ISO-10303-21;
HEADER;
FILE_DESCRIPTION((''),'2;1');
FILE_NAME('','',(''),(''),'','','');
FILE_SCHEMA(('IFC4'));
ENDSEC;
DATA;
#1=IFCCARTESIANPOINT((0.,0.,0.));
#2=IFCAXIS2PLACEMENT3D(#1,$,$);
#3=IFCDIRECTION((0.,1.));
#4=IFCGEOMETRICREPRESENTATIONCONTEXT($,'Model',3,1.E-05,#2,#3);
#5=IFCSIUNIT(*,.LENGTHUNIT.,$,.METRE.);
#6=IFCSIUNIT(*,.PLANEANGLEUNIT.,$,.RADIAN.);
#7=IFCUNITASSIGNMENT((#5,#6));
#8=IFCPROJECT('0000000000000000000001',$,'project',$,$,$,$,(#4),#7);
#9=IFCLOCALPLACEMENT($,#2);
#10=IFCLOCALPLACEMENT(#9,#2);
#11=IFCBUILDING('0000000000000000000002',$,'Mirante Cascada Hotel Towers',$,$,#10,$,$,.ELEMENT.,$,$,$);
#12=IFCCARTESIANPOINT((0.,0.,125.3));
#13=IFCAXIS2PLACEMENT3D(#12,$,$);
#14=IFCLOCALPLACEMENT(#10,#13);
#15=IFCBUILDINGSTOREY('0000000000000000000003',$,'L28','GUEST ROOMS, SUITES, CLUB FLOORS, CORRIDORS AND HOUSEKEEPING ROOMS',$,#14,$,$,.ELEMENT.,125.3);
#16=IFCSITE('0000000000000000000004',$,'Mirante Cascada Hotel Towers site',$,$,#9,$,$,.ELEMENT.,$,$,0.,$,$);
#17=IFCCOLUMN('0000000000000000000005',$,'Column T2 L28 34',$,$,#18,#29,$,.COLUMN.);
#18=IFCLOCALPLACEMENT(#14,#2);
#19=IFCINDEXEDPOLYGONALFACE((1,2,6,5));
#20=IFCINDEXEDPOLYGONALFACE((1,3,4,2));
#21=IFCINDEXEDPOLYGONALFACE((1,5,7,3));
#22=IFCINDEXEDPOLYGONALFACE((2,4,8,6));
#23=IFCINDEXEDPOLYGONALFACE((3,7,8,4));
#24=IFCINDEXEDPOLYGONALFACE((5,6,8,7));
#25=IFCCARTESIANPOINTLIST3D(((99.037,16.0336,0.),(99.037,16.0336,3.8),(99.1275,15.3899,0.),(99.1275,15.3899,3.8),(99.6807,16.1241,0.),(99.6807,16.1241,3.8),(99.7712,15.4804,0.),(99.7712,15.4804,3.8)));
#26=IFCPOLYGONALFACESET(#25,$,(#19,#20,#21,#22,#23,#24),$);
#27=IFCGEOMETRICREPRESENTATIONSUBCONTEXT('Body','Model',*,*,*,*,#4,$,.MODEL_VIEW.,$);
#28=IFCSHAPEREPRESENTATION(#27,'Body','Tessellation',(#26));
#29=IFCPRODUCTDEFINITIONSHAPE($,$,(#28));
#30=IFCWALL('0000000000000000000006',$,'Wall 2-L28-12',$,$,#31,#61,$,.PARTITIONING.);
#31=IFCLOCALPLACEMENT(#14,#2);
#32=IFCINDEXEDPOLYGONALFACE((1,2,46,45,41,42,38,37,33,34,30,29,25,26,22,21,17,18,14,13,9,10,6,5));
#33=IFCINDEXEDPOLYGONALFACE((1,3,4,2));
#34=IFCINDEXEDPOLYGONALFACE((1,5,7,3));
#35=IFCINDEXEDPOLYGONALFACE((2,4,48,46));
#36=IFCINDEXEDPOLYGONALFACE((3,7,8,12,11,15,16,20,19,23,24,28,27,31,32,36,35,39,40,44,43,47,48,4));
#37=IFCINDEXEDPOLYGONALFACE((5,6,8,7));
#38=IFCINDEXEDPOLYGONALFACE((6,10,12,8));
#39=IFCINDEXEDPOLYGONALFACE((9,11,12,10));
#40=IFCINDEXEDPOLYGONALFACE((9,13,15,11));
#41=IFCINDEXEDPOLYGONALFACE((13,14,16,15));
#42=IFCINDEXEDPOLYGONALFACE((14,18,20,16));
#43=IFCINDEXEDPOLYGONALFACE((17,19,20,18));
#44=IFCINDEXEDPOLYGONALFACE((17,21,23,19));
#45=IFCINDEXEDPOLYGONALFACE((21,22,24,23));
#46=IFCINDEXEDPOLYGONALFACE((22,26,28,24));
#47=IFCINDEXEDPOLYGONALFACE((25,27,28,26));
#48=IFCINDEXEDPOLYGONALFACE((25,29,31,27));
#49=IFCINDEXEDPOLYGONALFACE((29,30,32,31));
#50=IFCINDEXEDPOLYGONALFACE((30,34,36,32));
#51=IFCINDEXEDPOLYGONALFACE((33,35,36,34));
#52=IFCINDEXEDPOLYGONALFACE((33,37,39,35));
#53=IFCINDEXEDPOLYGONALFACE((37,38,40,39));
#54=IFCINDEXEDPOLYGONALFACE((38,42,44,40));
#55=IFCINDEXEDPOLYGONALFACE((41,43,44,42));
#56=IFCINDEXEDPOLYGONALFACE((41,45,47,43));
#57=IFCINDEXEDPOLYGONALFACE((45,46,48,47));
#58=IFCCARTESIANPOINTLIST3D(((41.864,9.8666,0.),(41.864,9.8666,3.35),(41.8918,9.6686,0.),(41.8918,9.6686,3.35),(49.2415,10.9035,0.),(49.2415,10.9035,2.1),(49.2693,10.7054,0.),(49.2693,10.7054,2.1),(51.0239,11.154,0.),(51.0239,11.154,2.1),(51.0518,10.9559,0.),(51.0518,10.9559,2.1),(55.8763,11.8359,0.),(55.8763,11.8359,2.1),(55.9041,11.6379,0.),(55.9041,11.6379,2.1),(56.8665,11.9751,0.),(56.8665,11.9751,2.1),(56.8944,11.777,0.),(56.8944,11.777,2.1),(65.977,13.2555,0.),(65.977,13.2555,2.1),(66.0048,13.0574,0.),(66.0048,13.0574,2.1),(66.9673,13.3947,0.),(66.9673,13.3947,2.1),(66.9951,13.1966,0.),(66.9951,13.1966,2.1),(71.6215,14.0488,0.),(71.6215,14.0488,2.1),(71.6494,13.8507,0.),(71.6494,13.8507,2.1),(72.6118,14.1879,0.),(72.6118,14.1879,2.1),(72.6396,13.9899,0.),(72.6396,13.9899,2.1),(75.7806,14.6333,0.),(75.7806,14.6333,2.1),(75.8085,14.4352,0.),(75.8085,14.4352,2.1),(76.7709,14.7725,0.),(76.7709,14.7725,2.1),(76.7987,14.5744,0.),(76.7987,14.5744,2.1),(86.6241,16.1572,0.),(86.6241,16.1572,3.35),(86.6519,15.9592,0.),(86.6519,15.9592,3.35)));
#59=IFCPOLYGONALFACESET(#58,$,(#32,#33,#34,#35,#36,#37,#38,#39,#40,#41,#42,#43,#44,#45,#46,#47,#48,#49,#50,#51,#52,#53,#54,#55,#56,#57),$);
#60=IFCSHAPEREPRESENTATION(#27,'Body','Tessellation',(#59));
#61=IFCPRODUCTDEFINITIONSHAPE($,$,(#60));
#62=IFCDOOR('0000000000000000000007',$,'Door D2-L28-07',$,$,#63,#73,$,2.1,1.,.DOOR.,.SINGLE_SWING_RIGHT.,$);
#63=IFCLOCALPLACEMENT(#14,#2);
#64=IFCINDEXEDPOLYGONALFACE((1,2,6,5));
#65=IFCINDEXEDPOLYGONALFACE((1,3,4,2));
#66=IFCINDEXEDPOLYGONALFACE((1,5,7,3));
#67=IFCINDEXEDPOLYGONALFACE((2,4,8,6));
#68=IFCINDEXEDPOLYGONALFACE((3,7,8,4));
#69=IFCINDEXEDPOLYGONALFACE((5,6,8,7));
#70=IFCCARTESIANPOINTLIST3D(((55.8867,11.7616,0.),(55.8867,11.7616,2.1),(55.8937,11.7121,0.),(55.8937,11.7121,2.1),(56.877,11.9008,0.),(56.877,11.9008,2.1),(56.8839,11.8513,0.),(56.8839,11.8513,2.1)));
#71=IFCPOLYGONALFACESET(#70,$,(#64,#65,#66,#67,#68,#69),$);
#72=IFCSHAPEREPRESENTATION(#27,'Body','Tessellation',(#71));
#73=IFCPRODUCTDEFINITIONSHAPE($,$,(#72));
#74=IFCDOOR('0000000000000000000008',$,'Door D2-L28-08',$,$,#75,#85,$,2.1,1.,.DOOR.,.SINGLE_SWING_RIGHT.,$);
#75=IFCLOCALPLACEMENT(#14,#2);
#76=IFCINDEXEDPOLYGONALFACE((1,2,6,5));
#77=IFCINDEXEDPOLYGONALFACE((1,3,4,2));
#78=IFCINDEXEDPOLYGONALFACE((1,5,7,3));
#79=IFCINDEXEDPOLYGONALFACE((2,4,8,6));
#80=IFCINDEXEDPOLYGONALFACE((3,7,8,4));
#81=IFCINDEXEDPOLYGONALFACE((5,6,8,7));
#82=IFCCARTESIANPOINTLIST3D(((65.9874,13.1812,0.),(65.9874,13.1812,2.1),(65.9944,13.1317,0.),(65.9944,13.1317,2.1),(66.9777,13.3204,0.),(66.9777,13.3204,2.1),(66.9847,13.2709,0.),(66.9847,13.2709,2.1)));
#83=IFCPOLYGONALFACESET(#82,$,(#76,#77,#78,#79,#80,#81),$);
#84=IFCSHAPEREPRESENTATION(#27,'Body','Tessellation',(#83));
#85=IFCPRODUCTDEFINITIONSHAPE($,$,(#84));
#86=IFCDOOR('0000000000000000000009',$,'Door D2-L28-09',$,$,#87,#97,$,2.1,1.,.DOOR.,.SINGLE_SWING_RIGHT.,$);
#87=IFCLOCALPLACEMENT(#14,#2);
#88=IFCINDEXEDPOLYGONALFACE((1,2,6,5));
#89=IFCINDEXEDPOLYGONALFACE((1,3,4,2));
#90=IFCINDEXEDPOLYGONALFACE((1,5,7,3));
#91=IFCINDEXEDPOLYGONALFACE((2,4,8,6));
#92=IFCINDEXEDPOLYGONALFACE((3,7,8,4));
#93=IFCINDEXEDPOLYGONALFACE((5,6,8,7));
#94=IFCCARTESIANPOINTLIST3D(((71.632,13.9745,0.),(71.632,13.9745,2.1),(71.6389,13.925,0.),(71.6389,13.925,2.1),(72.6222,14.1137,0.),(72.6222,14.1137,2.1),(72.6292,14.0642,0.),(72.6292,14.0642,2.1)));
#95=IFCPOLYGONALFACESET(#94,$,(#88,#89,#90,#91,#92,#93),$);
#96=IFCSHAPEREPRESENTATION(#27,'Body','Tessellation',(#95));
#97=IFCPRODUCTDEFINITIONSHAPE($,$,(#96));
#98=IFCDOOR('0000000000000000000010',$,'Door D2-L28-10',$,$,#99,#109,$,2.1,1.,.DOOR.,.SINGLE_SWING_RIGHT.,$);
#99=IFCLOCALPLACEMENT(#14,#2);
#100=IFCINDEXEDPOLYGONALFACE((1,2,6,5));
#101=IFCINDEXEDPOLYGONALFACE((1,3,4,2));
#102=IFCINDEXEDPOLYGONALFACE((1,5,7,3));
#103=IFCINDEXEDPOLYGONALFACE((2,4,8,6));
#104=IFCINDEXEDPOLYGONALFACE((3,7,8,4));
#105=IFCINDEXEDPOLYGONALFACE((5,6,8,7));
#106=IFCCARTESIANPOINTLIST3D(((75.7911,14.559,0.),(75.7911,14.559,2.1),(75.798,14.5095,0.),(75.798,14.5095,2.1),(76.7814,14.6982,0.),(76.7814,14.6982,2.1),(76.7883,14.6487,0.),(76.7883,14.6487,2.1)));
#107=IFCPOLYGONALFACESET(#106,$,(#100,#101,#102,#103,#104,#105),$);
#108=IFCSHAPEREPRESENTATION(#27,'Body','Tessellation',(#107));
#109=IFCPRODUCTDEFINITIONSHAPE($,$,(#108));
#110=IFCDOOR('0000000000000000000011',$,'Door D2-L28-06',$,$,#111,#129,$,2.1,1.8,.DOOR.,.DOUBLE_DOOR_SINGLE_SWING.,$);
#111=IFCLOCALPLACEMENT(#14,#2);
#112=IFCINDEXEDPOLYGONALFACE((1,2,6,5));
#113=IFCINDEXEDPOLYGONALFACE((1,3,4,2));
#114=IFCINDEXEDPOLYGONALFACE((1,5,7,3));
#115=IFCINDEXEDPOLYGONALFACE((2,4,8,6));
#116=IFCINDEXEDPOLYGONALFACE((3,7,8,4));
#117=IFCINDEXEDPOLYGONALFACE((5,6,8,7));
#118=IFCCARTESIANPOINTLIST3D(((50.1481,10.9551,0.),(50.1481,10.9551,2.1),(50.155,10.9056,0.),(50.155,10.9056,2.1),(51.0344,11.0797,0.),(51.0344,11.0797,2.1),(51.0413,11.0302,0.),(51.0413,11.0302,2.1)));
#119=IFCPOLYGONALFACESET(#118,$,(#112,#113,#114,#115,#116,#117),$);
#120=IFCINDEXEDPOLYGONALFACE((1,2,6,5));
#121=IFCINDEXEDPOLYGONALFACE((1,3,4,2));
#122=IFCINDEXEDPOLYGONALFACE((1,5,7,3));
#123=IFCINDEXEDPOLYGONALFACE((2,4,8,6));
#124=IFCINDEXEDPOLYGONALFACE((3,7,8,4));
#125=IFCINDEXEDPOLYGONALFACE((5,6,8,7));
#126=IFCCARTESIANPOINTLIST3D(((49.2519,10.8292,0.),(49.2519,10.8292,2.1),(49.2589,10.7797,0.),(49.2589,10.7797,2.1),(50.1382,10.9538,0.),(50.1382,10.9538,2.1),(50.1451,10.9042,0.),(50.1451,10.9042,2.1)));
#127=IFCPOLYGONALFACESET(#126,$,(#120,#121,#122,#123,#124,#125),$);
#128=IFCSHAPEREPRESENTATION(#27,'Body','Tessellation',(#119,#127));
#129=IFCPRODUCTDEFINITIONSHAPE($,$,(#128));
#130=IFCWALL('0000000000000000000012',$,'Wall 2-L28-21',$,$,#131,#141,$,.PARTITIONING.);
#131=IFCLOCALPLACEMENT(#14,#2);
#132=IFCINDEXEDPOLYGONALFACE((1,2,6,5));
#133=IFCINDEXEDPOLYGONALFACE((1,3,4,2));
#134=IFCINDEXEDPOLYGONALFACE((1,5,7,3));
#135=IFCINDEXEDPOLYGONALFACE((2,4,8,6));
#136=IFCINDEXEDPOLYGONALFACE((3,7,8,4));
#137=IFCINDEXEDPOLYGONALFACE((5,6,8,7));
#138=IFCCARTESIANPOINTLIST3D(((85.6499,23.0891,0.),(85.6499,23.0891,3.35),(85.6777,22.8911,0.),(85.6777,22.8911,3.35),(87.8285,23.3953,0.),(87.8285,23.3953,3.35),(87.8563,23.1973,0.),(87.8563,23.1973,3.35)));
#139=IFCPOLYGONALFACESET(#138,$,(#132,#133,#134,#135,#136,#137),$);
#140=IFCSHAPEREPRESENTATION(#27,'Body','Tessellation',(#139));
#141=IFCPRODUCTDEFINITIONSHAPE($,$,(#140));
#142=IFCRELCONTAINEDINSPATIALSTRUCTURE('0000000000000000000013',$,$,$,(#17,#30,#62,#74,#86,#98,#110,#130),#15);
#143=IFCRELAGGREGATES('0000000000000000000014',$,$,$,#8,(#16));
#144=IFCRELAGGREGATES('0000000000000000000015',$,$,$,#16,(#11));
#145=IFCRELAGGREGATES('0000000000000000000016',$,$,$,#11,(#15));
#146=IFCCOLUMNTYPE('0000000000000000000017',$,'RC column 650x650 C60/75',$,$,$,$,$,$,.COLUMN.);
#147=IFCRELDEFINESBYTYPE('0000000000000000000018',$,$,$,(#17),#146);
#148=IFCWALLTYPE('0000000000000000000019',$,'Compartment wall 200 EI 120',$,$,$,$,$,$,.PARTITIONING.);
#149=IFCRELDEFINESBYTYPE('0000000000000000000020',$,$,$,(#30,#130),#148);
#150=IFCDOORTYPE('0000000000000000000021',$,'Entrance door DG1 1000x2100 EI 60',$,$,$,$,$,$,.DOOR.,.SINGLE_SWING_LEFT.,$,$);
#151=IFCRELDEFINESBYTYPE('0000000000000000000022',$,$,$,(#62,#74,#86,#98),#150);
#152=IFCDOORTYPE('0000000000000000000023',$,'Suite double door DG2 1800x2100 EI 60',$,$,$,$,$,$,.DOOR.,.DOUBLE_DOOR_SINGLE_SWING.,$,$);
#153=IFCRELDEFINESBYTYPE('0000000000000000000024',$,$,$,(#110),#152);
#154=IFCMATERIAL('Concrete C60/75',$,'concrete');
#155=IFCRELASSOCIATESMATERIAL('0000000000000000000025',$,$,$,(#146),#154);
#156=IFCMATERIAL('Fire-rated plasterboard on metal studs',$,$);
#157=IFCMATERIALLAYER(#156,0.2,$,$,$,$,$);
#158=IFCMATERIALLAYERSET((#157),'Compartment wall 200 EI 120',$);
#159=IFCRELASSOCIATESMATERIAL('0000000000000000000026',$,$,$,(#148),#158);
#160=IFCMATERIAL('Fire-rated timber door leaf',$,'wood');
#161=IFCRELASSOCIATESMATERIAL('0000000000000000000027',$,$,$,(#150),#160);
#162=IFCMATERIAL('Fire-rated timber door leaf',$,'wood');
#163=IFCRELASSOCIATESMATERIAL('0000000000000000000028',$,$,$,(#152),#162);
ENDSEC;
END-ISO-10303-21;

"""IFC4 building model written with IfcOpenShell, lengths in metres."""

from ifc_helpers import new_model, si_unit, direction, frame, frame_2d, origin, origin_2d, place, context, subcontext, project, spatial, rectangle, extrude, material, layer, layer_set, material_profile, profile_set, type_object, element, fill, save


model = new_model("IFC4")

# Units and contexts
model_context = context("Model", 3, precision=1e-05, world=origin(), true_north=direction((0.0, 1.0)))
body_context = subcontext(model_context, "Body", "Model", "MODEL_VIEW")
ifc_project = project(units=[si_unit("LENGTHUNIT", "METRE"), si_unit("PLANEANGLEUNIT", "RADIAN")], contexts=[model_context])

# Site, building, storey
site_placement = place(None, origin())
site = spatial("IfcSite", under=ifc_project, at=site_placement, Name="Mirante Cascada Hotel Towers site", CompositionType="ELEMENT", RefElevation=0.0)
building_placement = place(site_placement, origin())
building = spatial("IfcBuilding", under=site, at=building_placement, Name="Mirante Cascada Hotel Towers", CompositionType="ELEMENT")
storey_placement = place(building_placement, frame((0.0, 0.0, 125.3)))
storey = spatial("IfcBuildingStorey", under=building, at=storey_placement, Name="L28", Description="GUEST ROOMS, SUITES, CLUB FLOORS, CORRIDORS AND HOUSEKEEPING ROOMS", CompositionType="ELEMENT", Elevation=125.3)

# Column
ifc_material_1 = material(Name="Concrete C60/75", Category="concrete")
ifc_material_profile = material_profile(ifc_material_1, rectangle(XDim=0.65, YDim=0.65, at=origin_2d()), Name="RC column 650x650 C60/75")
ifc_profile_set = profile_set([ifc_material_profile], Name="Concrete C60/75")
column_type = type_object("IfcColumnType", Name="RC column 650x650 C60/75", PredefinedType="COLUMN", material=ifc_profile_set)
column_placement = place(storey_placement, frame((99.4041, 15.757, 0.0), z_axis=(0.0, 0.0, 1.0), x_axis=(0.990268, 0.139173, 0.0)))
element("IfcColumn", 1, at=column_placement, inside=storey, type_object=column_type, Name="Column T2 L28 34", PredefinedType="COLUMN", context=body_context, shape_type="SweptSolid", body=[
    extrude(rectangle(XDim=0.65, YDim=0.65, at=origin_2d()), origin(), (0.0, 0.0, 1.0), 3.8),
])

# Wall, openings, doors
ifc_material_2 = material(Name="Fire-rated plasterboard on metal studs")
ifc_layer_1 = layer(ifc_material_2, 0.2)
ifc_layer_set_1 = layer_set([ifc_layer_1], Name="Compartment wall 200 EI 120")
wall_type_1 = type_object("IfcWallType", Name="Compartment wall 200 EI 120", PredefinedType="PARTITIONING", material=ifc_layer_set_1)
wall_1_placement = place(storey_placement, frame((86.638, 16.0582, 0.0), z_axis=(0.0, 0.0, 1.0), x_axis=(-0.990268, -0.139173, 0.0)))
wall_1 = element("IfcWall", 2, at=wall_1_placement, inside=storey, type_object=wall_type_1, Name="Wall 2-L28-12", PredefinedType="PARTITIONING", context=body_context, shape_type="SweptSolid", body=[
    extrude(rectangle(XDim=45.2, YDim=0.2, at=frame_2d((22.6, 0.0))), origin(), (0.0, 0.0, 1.0), 3.35),
])
opening_1_placement = place(wall_1_placement, frame((35.95, 0.0, 0.0)))
opening_1 = element("IfcOpeningElement", 3, at=opening_1_placement, cuts=wall_1, PredefinedType="OPENING", context=body_context, shape_type="SweptSolid", body=[
    extrude(rectangle(XDim=1.8, YDim=2.1, at=frame_2d((0.9, 1.05))), frame((0.0, 0.1, 0.0), z_axis=(0.0, -1.0, 0.0), x_axis=(1.0, 0.0, 0.0)), (0.0, 0.0, 1.0), 0.2),
])
opening_2_placement = place(wall_1_placement, frame((30.05, 0.0, 0.0)))
opening_2 = element("IfcOpeningElement", 4, at=opening_2_placement, cuts=wall_1, PredefinedType="OPENING", context=body_context, shape_type="SweptSolid", body=[
    extrude(rectangle(XDim=1.0, YDim=2.1, at=frame_2d((0.5, 1.05))), frame((0.0, 0.1, 0.0), z_axis=(0.0, -1.0, 0.0), x_axis=(1.0, 0.0, 0.0)), (0.0, 0.0, 1.0), 0.2),
])
opening_3_placement = place(wall_1_placement, frame((19.85, 0.0, 0.0)))
opening_3 = element("IfcOpeningElement", 5, at=opening_3_placement, cuts=wall_1, PredefinedType="OPENING", context=body_context, shape_type="SweptSolid", body=[
    extrude(rectangle(XDim=1.0, YDim=2.1, at=frame_2d((0.5, 1.05))), frame((0.0, 0.1, 0.0), z_axis=(0.0, -1.0, 0.0), x_axis=(1.0, 0.0, 0.0)), (0.0, 0.0, 1.0), 0.2),
])
opening_4_placement = place(wall_1_placement, frame((14.15, 0.0, 0.0)))
opening_4 = element("IfcOpeningElement", 6, at=opening_4_placement, cuts=wall_1, PredefinedType="OPENING", context=body_context, shape_type="SweptSolid", body=[
    extrude(rectangle(XDim=1.0, YDim=2.1, at=frame_2d((0.5, 1.05))), frame((0.0, 0.1, 0.0), z_axis=(0.0, -1.0, 0.0), x_axis=(1.0, 0.0, 0.0)), (0.0, 0.0, 1.0), 0.2),
])
opening_5_placement = place(wall_1_placement, frame((9.95, 0.0, 0.0)))
opening_5 = element("IfcOpeningElement", 7, at=opening_5_placement, cuts=wall_1, PredefinedType="OPENING", context=body_context, shape_type="SweptSolid", body=[
    extrude(rectangle(XDim=1.0, YDim=2.1, at=frame_2d((0.5, 1.05))), frame((0.0, 0.1, 0.0), z_axis=(0.0, -1.0, 0.0), x_axis=(1.0, 0.0, 0.0)), (0.0, 0.0, 1.0), 0.2),
])
ifc_material_3 = material(Name="Fire-rated timber door leaf", Category="wood")
door_type_1 = type_object("IfcDoorType", Name="Entrance door DG1 1000x2100 EI 60", OperationType="SINGLE_SWING_LEFT", PredefinedType="DOOR", material=ifc_material_3)
door_1_placement = place(opening_2_placement, frame((1.0, 0.0, 0.0), z_axis=(0.0, 0.0, 1.0), x_axis=(-1.0, 0.0, 0.0)))
door_1 = element("IfcDoor", 8, at=door_1_placement, inside=storey, type_object=door_type_1, Name="Door D2-L28-07", OperationType="SINGLE_SWING_RIGHT", OverallHeight=2.1, OverallWidth=1.0, PredefinedType="DOOR", context=body_context, shape_type="SweptSolid", body=[
    extrude(rectangle(XDim=1.0, YDim=2.1, at=frame_2d((0.5, 1.05))), frame((0.0, 0.025, 0.0), z_axis=(0.0, -1.0, 0.0), x_axis=(1.0, 0.0, 0.0)), (0.0, 0.0, 1.0), 0.05),
])
fill(opening_2, door_1)
door_2_placement = place(opening_3_placement, frame((1.0, 0.0, 0.0), z_axis=(0.0, 0.0, 1.0), x_axis=(-1.0, 0.0, 0.0)))
door_2 = element("IfcDoor", 9, at=door_2_placement, inside=storey, type_object=door_type_1, Name="Door D2-L28-08", OperationType="SINGLE_SWING_RIGHT", OverallHeight=2.1, OverallWidth=1.0, PredefinedType="DOOR", context=body_context, shape_type="SweptSolid", body=[
    extrude(rectangle(XDim=1.0, YDim=2.1, at=frame_2d((0.5, 1.05))), frame((0.0, 0.025, 0.0), z_axis=(0.0, -1.0, 0.0), x_axis=(1.0, 0.0, 0.0)), (0.0, 0.0, 1.0), 0.05),
])
fill(opening_3, door_2)
door_3_placement = place(opening_4_placement, frame((1.0, 0.0, 0.0), z_axis=(0.0, 0.0, 1.0), x_axis=(-1.0, 0.0, 0.0)))
door_3 = element("IfcDoor", 10, at=door_3_placement, inside=storey, type_object=door_type_1, Name="Door D2-L28-09", OperationType="SINGLE_SWING_RIGHT", OverallHeight=2.1, OverallWidth=1.0, PredefinedType="DOOR", context=body_context, shape_type="SweptSolid", body=[
    extrude(rectangle(XDim=1.0, YDim=2.1, at=frame_2d((0.5, 1.05))), frame((0.0, 0.025, 0.0), z_axis=(0.0, -1.0, 0.0), x_axis=(1.0, 0.0, 0.0)), (0.0, 0.0, 1.0), 0.05),
])
fill(opening_4, door_3)
door_4_placement = place(opening_5_placement, frame((1.0, 0.0, 0.0), z_axis=(0.0, 0.0, 1.0), x_axis=(-1.0, 0.0, 0.0)))
door_4 = element("IfcDoor", 11, at=door_4_placement, inside=storey, type_object=door_type_1, Name="Door D2-L28-10", OperationType="SINGLE_SWING_RIGHT", OverallHeight=2.1, OverallWidth=1.0, PredefinedType="DOOR", context=body_context, shape_type="SweptSolid", body=[
    extrude(rectangle(XDim=1.0, YDim=2.1, at=frame_2d((0.5, 1.05))), frame((0.0, 0.025, 0.0), z_axis=(0.0, -1.0, 0.0), x_axis=(1.0, 0.0, 0.0)), (0.0, 0.0, 1.0), 0.05),
])
fill(opening_5, door_4)
ifc_material_4 = material(Name="Fire-rated timber door leaf", Category="wood")
door_type_2 = type_object("IfcDoorType", Name="Suite double door DG2 1800x2100 EI 60", OperationType="DOUBLE_DOOR_SINGLE_SWING", PredefinedType="DOOR", material=ifc_material_4)
door_5_placement = place(opening_1_placement, origin())
door_5 = element("IfcDoor", 12, at=door_5_placement, inside=storey, type_object=door_type_2, Name="Door D2-L28-06", OperationType="DOUBLE_DOOR_SINGLE_SWING", OverallHeight=2.1, OverallWidth=1.8, PredefinedType="DOOR", context=body_context, shape_type="SweptSolid", body=[
    extrude(rectangle(XDim=0.895, YDim=2.1, at=frame_2d((0.4475, 1.05))), frame((0.0, 0.025, 0.0), z_axis=(0.0, -1.0, 0.0), x_axis=(1.0, 0.0, 0.0)), (0.0, 0.0, 1.0), 0.05),
    extrude(rectangle(XDim=0.895, YDim=2.1, at=frame_2d((1.3525, 1.05))), frame((0.0, 0.025, 0.0), z_axis=(0.0, -1.0, 0.0), x_axis=(1.0, 0.0, 0.0)), (0.0, 0.0, 1.0), 0.05),
])
fill(opening_1, door_5)

# Wall
wall_2_placement = place(storey_placement, frame((85.6638, 22.9901, 0.0), z_axis=(0.0, 0.0, 1.0), x_axis=(0.990267, 0.139181, 0.0)))
element("IfcWall", 13, at=wall_2_placement, inside=storey, type_object=wall_type_1, Name="Wall 2-L28-21", PredefinedType="PARTITIONING", context=body_context, shape_type="SweptSolid", body=[
    extrude(rectangle(XDim=2.2, YDim=0.2, at=frame_2d((1.1, 0.0))), origin(), (0.0, 0.0, 1.0), 3.35),
])

save(model, "model.ifc")
